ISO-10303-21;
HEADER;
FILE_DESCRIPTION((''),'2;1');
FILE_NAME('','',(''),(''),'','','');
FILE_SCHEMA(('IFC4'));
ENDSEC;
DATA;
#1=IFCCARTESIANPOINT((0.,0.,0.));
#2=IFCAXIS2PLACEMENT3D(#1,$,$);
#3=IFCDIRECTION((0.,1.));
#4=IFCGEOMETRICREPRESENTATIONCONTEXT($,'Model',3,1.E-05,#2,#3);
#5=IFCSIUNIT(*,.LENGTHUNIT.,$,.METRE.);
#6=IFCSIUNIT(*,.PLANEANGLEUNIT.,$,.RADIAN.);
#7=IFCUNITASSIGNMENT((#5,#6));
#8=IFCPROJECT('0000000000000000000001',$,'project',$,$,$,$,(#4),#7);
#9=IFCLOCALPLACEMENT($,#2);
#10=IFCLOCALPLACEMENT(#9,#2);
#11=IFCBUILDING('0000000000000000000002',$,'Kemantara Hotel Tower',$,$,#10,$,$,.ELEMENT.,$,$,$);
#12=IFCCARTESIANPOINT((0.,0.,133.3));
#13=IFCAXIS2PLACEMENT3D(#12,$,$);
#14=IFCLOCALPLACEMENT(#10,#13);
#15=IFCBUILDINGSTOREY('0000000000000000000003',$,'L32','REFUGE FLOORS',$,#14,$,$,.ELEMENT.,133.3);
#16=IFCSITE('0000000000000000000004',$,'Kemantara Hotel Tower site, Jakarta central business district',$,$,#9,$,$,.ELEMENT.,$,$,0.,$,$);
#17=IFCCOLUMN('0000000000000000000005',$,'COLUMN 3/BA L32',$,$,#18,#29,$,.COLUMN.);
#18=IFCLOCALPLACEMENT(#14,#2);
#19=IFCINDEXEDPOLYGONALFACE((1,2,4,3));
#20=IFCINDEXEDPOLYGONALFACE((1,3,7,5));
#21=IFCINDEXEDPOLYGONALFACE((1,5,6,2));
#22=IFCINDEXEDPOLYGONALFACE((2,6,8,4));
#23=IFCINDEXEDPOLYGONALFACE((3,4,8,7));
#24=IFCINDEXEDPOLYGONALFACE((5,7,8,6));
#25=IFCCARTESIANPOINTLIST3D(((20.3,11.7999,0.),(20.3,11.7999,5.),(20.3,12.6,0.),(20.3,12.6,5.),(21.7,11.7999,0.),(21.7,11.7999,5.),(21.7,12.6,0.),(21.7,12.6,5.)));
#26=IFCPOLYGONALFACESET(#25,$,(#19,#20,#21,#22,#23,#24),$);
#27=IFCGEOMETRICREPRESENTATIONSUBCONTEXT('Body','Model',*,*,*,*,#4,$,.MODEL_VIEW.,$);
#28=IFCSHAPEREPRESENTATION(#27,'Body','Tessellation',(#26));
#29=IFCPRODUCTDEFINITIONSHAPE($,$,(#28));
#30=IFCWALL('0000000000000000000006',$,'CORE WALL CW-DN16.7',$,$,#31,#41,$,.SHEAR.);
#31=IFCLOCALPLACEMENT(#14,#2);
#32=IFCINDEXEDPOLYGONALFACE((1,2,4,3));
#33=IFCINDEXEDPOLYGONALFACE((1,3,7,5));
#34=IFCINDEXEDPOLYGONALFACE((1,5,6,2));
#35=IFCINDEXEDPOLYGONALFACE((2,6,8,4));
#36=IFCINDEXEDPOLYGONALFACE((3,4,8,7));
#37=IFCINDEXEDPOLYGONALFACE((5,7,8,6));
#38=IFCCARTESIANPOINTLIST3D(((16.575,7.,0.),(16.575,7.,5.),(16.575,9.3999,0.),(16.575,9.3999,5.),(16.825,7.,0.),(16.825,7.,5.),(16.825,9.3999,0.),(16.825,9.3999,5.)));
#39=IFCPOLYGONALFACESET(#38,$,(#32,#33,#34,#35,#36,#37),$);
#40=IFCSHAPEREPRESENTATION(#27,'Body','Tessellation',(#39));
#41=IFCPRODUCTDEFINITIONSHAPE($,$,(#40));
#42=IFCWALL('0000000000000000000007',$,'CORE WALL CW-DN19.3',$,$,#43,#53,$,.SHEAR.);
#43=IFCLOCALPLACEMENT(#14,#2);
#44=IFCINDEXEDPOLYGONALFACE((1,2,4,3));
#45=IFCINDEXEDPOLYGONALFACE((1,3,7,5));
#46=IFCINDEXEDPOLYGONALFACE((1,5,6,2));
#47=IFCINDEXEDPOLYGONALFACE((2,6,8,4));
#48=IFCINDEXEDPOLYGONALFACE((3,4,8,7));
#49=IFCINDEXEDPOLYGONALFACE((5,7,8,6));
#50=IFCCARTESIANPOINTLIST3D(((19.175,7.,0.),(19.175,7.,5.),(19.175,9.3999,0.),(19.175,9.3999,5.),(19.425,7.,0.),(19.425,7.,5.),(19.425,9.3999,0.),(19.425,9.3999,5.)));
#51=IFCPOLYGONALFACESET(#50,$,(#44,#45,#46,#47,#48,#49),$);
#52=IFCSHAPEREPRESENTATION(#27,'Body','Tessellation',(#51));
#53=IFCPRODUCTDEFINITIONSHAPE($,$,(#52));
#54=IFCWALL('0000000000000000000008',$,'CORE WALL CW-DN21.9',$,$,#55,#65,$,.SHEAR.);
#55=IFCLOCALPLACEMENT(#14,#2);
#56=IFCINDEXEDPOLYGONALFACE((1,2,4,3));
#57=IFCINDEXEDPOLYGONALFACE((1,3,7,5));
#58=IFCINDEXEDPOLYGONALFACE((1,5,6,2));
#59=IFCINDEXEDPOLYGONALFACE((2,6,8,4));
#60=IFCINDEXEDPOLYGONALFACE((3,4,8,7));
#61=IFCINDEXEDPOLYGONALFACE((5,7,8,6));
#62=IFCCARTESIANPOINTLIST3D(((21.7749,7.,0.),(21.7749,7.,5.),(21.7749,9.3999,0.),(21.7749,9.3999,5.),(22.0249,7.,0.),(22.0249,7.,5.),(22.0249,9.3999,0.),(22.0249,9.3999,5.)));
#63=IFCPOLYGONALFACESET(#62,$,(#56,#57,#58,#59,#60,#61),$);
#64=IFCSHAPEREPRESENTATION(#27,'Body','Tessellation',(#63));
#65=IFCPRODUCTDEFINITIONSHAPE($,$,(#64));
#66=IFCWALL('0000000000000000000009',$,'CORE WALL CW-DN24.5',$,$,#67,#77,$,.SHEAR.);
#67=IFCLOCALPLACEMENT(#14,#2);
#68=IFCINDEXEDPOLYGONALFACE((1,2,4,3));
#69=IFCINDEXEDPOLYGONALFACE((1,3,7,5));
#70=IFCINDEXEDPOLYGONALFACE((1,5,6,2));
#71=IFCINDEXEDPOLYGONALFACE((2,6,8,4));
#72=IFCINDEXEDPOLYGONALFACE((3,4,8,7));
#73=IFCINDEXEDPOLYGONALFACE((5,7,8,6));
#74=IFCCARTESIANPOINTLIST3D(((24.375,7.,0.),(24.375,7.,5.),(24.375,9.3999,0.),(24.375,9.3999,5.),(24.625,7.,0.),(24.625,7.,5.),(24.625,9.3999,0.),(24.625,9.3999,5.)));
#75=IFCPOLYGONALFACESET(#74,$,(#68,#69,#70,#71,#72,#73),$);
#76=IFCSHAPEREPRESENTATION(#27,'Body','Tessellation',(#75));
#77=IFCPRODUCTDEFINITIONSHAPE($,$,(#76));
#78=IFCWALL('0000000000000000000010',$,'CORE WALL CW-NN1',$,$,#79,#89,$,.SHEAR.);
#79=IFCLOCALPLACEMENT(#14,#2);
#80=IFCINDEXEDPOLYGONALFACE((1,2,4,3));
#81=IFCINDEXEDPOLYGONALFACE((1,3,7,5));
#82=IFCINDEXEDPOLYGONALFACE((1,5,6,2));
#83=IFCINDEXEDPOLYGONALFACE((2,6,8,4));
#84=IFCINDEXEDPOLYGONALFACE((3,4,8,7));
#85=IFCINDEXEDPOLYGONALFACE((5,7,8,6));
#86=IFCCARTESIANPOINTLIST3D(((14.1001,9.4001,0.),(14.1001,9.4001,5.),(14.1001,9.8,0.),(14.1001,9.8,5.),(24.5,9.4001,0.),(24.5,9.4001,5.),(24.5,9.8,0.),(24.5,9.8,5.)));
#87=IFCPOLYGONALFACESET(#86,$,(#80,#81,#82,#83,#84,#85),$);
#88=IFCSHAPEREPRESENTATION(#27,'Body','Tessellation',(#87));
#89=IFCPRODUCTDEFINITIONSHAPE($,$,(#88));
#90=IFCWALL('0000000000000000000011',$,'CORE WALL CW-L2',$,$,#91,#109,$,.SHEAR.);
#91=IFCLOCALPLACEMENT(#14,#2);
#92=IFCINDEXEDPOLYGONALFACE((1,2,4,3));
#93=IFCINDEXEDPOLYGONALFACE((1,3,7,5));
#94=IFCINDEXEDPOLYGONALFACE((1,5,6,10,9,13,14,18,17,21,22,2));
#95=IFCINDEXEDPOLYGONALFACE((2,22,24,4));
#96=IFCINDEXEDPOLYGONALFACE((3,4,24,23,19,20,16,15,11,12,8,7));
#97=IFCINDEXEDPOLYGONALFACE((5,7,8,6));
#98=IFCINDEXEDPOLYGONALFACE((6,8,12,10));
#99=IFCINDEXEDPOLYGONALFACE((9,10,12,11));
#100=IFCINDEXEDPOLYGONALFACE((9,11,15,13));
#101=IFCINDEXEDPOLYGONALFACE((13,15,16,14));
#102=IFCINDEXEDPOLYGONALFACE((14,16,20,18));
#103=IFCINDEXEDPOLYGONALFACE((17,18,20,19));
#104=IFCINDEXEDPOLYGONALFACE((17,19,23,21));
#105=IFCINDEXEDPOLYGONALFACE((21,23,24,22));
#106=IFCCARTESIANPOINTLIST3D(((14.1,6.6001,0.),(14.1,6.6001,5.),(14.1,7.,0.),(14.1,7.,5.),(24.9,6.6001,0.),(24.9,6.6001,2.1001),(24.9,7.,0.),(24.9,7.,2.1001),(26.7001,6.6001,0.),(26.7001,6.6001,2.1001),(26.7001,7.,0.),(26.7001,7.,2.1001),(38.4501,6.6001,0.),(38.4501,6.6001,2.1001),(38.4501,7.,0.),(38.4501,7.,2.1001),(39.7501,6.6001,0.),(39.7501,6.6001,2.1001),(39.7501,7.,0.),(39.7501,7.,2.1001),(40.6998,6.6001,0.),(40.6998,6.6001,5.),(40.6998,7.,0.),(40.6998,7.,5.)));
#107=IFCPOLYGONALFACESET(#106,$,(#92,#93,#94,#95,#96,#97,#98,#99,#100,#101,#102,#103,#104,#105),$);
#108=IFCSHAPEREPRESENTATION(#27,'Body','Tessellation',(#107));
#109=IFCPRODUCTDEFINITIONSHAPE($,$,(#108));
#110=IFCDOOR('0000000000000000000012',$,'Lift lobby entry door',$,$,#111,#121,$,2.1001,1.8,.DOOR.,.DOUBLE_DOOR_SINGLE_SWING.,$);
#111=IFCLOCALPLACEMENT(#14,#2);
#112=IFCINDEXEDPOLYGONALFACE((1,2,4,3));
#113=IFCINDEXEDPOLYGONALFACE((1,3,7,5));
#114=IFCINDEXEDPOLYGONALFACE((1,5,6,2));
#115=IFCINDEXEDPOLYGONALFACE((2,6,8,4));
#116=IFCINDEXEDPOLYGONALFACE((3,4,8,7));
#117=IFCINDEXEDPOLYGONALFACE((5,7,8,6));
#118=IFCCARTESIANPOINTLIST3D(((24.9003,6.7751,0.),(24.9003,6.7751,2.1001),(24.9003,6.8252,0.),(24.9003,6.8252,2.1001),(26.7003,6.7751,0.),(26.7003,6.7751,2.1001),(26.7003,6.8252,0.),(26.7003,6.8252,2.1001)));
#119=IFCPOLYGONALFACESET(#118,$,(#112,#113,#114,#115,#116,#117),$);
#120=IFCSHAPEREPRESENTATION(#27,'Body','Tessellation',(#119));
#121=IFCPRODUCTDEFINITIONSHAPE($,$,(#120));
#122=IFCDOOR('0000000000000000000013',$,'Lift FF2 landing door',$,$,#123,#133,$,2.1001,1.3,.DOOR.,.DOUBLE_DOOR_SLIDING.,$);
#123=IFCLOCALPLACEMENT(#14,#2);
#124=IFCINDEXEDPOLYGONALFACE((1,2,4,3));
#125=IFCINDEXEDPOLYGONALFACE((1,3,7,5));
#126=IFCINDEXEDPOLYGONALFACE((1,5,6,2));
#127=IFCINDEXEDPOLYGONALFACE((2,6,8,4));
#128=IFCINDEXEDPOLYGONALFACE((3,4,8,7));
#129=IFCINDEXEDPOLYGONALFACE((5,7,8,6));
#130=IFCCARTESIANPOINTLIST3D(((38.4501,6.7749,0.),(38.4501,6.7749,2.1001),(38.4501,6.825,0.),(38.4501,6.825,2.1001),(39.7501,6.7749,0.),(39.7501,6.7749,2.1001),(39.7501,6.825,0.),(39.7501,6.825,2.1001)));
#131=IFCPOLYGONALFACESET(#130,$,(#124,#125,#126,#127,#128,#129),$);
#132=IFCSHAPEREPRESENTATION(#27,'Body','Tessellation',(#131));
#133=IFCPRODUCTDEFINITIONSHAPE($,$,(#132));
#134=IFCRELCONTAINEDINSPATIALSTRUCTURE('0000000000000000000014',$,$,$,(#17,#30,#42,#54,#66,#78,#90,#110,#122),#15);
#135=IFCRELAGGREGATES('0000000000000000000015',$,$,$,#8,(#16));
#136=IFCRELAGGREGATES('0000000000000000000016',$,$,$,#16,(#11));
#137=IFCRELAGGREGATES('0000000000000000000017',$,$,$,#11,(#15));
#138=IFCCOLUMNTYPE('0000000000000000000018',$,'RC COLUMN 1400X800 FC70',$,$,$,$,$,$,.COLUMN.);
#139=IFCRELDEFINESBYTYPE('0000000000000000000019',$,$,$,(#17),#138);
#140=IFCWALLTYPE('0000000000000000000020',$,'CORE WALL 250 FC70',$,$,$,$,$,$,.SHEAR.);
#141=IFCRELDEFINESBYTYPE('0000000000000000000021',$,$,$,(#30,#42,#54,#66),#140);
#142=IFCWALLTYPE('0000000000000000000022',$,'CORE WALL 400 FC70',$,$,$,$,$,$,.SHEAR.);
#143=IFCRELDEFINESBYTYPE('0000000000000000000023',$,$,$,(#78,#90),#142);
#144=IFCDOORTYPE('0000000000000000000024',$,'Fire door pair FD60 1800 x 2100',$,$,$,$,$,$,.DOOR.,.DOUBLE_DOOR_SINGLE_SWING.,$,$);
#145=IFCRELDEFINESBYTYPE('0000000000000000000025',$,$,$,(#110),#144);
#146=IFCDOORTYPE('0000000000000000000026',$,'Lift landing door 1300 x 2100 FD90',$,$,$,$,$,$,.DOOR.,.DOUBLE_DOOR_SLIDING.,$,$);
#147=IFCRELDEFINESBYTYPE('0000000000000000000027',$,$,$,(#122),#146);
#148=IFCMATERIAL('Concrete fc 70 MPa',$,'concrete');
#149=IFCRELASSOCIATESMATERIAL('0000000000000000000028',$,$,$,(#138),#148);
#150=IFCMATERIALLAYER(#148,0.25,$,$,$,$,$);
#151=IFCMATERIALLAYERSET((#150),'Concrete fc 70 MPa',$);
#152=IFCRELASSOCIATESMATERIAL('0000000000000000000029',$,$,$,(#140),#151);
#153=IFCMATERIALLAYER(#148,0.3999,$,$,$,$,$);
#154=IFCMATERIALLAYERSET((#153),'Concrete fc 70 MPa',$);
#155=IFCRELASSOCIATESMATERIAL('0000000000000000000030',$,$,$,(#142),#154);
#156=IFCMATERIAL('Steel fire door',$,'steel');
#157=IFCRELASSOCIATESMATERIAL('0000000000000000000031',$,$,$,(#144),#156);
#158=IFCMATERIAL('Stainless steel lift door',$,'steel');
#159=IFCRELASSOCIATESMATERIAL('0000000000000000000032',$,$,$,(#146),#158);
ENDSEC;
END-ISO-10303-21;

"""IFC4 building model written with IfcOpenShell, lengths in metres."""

from ifc_helpers import new_model, si_unit, direction, frame, frame_2d, origin, origin_2d, place, context, subcontext, project, spatial, rectangle, extrude, material, layer, layer_set, material_profile, profile_set, type_object, element, fill, save


model = new_model("IFC4")

# Units and contexts
model_context = context("Model", 3, precision=1e-05, world=origin(), true_north=direction((0.0, 1.0)))
body_context = subcontext(model_context, "Body", "Model", "MODEL_VIEW")
ifc_project = project(units=[si_unit("LENGTHUNIT", "METRE"), si_unit("PLANEANGLEUNIT", "RADIAN")], contexts=[model_context])

# Site, building, storey
site_placement = place(None, origin())
site = spatial("IfcSite", under=ifc_project, at=site_placement, Name="Kemantara Hotel Tower site, Jakarta central business district", CompositionType="ELEMENT", RefElevation=0.0)
building_placement = place(site_placement, origin())
building = spatial("IfcBuilding", under=site, at=building_placement, Name="Kemantara Hotel Tower", CompositionType="ELEMENT")
storey_placement = place(building_placement, frame((0.0, 0.0, 133.3)))
storey = spatial("IfcBuildingStorey", under=building, at=storey_placement, Name="L32", Description="REFUGE FLOORS", CompositionType="ELEMENT", Elevation=133.3)

# Column
ifc_material_1 = material(Name="Concrete fc 70 MPa", Category="concrete")
ifc_material_profile = material_profile(ifc_material_1, rectangle(XDim=1.3999, YDim=0.8, at=origin_2d()), Name="RC 1400X800")
ifc_profile_set = profile_set([ifc_material_profile], Name="Concrete fc 70 MPa")
column_type = type_object("IfcColumnType", Name="RC COLUMN 1400X800 FC70", PredefinedType="COLUMN", material=ifc_profile_set)
column_placement = place(storey_placement, frame((21.0, 12.2, 0.0), z_axis=(0.0, 0.0, 1.0), x_axis=(1.0, 0.0, 0.0)))
element("IfcColumn", 1, at=column_placement, inside=storey, type_object=column_type, Name="COLUMN 3/BA L32", PredefinedType="COLUMN", context=body_context, shape_type="SweptSolid", body=[
    extrude(rectangle(XDim=1.3999, YDim=0.8, at=origin_2d()), origin(), (0.0, 0.0, 1.0), 5.0),
])

# Walls
ifc_layer_1 = layer(ifc_material_1, 0.25)
ifc_layer_set_1 = layer_set([ifc_layer_1], Name="Concrete fc 70 MPa")
wall_type_1 = type_object("IfcWallType", Name="CORE WALL 250 FC70", PredefinedType="SHEAR", material=ifc_layer_set_1)
for number, where, z_axis, x_axis, name in (
    (2, (16.7, 7.0, 0.0), (0.0, 0.0, 1.0), (0.0, 1.0, 0.0), "CORE WALL CW-DN16.7"),
    (3, (19.3, 7.0, 0.0), (0.0, 0.0, 1.0), (0.0, 1.0, 0.0), "CORE WALL CW-DN19.3"),
    (4, (21.8999, 7.0, 0.0), (0.0, 0.0, 1.0), (0.0, 1.0, 0.0), "CORE WALL CW-DN21.9"),
    (5, (24.5, 7.0, 0.0), (0.0, 0.0, 1.0), (0.0, 1.0, 0.0), "CORE WALL CW-DN24.5"),
):
    element("IfcWall", number, at=place(storey_placement, frame(where, z_axis=z_axis, x_axis=x_axis)), inside=storey, type_object=wall_type_1, Name=name, PredefinedType="SHEAR", context=body_context, shape_type="SweptSolid", body=[
        extrude(rectangle(XDim=2.3999, YDim=0.25, at=frame_2d((1.2, 0.0))), origin(), (0.0, 0.0, 1.0), 5.0),
    ])
ifc_layer_2 = layer(ifc_material_1, 0.3999)
ifc_layer_set_2 = layer_set([ifc_layer_2], Name="Concrete fc 70 MPa")
wall_type_2 = type_object("IfcWallType", Name="CORE WALL 400 FC70", PredefinedType="SHEAR", material=ifc_layer_set_2)
wall_1_placement = place(storey_placement, frame((14.1001, 9.6001, 0.0), z_axis=(0.0, 0.0, 1.0), x_axis=(1.0, 0.0, 0.0)))
element("IfcWall", 6, at=wall_1_placement, inside=storey, type_object=wall_type_2, Name="CORE WALL CW-NN1", PredefinedType="SHEAR", context=body_context, shape_type="SweptSolid", body=[
    extrude(rectangle(XDim=10.3999, YDim=0.3999, at=frame_2d((5.2, 0.0))), origin(), (0.0, 0.0, 1.0), 5.0),
])

# Wall, openings, doors
wall_2_placement = place(storey_placement, frame((14.1001, 6.8, 0.0), z_axis=(0.0, 0.0, 1.0), x_axis=(1.0, 0.0, 0.0)))
wall_2 = element("IfcWall", 7, at=wall_2_placement, inside=storey, type_object=wall_type_2, Name="CORE WALL CW-L2", PredefinedType="SHEAR", context=body_context, shape_type="SweptSolid", body=[
    extrude(rectangle(XDim=26.5999, YDim=0.3999, at=frame_2d((13.2998, 0.0))), origin(), (0.0, 0.0, 1.0), 5.0),
])
opening_1_placement = place(wall_2_placement, frame((10.8, 0.0, 0.0)))
opening_1 = element("IfcOpeningElement", 8, at=opening_1_placement, cuts=wall_2, PredefinedType="OPENING", context=body_context, shape_type="SweptSolid", body=[
    extrude(rectangle(XDim=1.8, YDim=2.1001, at=frame_2d((0.8999, 1.05))), frame((0.0, 0.21, 0.0), z_axis=(0.0, -1.0, 0.0), x_axis=(1.0, 0.0, 0.0)), (0.0, 0.0, 1.0), 0.4199),
])
opening_2_placement = place(wall_2_placement, frame((24.3501, 0.0, 0.0)))
opening_2 = element("IfcOpeningElement", 9, at=opening_2_placement, cuts=wall_2, PredefinedType="OPENING", context=body_context, shape_type="SweptSolid", body=[
    extrude(rectangle(XDim=1.3, YDim=2.1001, at=frame_2d((0.6499, 1.05))), frame((0.0, 0.21, 0.0), z_axis=(0.0, -1.0, 0.0), x_axis=(1.0, 0.0, 0.0)), (0.0, 0.0, 1.0), 0.4199),
])
ifc_material_2 = material(Name="Steel fire door", Category="steel")
door_type_1 = type_object("IfcDoorType", Name="Fire door pair FD60 1800 x 2100", OperationType="DOUBLE_DOOR_SINGLE_SWING", PredefinedType="DOOR", material=ifc_material_2)
door_1_placement = place(opening_1_placement, frame((1.8, 0.0, 0.0), z_axis=(0.0, 0.0, 1.0), x_axis=(-1.0, 0.0, 0.0)))
door_1 = element("IfcDoor", 10, at=door_1_placement, inside=storey, type_object=door_type_1, Name="Lift lobby entry door", OperationType="DOUBLE_DOOR_SINGLE_SWING", OverallHeight=2.1001, OverallWidth=1.8, PredefinedType="DOOR", context=body_context, shape_type="SweptSolid", body=[
    extrude(rectangle(XDim=1.8, YDim=2.1001, at=frame_2d((0.8999, 1.05))), frame((0.0, 0.0249, 0.0), z_axis=(0.0, -1.0, 0.0), x_axis=(1.0, 0.0, 0.0)), (0.0, 0.0, 1.0), 0.05),
])
fill(opening_1, door_1)
ifc_material_3 = material(Name="Stainless steel lift door", Category="steel")
door_type_2 = type_object("IfcDoorType", Name="Lift landing door 1300 x 2100 FD90", OperationType="DOUBLE_DOOR_SLIDING", PredefinedType="DOOR", material=ifc_material_3)
door_2_placement = place(opening_2_placement, origin())
door_2 = element("IfcDoor", 11, at=door_2_placement, inside=storey, type_object=door_type_2, Name="Lift FF2 landing door", OperationType="DOUBLE_DOOR_SLIDING", OverallHeight=2.1001, OverallWidth=1.3, PredefinedType="DOOR", context=body_context, shape_type="SweptSolid", body=[
    extrude(rectangle(XDim=1.3, YDim=2.1001, at=frame_2d((0.6499, 1.05))), frame((0.0, 0.0249, 0.0), z_axis=(0.0, -1.0, 0.0), x_axis=(1.0, 0.0, 0.0)), (0.0, 0.0, 1.0), 0.05),
])
fill(opening_2, door_2)

save(model, "model.ifc")
